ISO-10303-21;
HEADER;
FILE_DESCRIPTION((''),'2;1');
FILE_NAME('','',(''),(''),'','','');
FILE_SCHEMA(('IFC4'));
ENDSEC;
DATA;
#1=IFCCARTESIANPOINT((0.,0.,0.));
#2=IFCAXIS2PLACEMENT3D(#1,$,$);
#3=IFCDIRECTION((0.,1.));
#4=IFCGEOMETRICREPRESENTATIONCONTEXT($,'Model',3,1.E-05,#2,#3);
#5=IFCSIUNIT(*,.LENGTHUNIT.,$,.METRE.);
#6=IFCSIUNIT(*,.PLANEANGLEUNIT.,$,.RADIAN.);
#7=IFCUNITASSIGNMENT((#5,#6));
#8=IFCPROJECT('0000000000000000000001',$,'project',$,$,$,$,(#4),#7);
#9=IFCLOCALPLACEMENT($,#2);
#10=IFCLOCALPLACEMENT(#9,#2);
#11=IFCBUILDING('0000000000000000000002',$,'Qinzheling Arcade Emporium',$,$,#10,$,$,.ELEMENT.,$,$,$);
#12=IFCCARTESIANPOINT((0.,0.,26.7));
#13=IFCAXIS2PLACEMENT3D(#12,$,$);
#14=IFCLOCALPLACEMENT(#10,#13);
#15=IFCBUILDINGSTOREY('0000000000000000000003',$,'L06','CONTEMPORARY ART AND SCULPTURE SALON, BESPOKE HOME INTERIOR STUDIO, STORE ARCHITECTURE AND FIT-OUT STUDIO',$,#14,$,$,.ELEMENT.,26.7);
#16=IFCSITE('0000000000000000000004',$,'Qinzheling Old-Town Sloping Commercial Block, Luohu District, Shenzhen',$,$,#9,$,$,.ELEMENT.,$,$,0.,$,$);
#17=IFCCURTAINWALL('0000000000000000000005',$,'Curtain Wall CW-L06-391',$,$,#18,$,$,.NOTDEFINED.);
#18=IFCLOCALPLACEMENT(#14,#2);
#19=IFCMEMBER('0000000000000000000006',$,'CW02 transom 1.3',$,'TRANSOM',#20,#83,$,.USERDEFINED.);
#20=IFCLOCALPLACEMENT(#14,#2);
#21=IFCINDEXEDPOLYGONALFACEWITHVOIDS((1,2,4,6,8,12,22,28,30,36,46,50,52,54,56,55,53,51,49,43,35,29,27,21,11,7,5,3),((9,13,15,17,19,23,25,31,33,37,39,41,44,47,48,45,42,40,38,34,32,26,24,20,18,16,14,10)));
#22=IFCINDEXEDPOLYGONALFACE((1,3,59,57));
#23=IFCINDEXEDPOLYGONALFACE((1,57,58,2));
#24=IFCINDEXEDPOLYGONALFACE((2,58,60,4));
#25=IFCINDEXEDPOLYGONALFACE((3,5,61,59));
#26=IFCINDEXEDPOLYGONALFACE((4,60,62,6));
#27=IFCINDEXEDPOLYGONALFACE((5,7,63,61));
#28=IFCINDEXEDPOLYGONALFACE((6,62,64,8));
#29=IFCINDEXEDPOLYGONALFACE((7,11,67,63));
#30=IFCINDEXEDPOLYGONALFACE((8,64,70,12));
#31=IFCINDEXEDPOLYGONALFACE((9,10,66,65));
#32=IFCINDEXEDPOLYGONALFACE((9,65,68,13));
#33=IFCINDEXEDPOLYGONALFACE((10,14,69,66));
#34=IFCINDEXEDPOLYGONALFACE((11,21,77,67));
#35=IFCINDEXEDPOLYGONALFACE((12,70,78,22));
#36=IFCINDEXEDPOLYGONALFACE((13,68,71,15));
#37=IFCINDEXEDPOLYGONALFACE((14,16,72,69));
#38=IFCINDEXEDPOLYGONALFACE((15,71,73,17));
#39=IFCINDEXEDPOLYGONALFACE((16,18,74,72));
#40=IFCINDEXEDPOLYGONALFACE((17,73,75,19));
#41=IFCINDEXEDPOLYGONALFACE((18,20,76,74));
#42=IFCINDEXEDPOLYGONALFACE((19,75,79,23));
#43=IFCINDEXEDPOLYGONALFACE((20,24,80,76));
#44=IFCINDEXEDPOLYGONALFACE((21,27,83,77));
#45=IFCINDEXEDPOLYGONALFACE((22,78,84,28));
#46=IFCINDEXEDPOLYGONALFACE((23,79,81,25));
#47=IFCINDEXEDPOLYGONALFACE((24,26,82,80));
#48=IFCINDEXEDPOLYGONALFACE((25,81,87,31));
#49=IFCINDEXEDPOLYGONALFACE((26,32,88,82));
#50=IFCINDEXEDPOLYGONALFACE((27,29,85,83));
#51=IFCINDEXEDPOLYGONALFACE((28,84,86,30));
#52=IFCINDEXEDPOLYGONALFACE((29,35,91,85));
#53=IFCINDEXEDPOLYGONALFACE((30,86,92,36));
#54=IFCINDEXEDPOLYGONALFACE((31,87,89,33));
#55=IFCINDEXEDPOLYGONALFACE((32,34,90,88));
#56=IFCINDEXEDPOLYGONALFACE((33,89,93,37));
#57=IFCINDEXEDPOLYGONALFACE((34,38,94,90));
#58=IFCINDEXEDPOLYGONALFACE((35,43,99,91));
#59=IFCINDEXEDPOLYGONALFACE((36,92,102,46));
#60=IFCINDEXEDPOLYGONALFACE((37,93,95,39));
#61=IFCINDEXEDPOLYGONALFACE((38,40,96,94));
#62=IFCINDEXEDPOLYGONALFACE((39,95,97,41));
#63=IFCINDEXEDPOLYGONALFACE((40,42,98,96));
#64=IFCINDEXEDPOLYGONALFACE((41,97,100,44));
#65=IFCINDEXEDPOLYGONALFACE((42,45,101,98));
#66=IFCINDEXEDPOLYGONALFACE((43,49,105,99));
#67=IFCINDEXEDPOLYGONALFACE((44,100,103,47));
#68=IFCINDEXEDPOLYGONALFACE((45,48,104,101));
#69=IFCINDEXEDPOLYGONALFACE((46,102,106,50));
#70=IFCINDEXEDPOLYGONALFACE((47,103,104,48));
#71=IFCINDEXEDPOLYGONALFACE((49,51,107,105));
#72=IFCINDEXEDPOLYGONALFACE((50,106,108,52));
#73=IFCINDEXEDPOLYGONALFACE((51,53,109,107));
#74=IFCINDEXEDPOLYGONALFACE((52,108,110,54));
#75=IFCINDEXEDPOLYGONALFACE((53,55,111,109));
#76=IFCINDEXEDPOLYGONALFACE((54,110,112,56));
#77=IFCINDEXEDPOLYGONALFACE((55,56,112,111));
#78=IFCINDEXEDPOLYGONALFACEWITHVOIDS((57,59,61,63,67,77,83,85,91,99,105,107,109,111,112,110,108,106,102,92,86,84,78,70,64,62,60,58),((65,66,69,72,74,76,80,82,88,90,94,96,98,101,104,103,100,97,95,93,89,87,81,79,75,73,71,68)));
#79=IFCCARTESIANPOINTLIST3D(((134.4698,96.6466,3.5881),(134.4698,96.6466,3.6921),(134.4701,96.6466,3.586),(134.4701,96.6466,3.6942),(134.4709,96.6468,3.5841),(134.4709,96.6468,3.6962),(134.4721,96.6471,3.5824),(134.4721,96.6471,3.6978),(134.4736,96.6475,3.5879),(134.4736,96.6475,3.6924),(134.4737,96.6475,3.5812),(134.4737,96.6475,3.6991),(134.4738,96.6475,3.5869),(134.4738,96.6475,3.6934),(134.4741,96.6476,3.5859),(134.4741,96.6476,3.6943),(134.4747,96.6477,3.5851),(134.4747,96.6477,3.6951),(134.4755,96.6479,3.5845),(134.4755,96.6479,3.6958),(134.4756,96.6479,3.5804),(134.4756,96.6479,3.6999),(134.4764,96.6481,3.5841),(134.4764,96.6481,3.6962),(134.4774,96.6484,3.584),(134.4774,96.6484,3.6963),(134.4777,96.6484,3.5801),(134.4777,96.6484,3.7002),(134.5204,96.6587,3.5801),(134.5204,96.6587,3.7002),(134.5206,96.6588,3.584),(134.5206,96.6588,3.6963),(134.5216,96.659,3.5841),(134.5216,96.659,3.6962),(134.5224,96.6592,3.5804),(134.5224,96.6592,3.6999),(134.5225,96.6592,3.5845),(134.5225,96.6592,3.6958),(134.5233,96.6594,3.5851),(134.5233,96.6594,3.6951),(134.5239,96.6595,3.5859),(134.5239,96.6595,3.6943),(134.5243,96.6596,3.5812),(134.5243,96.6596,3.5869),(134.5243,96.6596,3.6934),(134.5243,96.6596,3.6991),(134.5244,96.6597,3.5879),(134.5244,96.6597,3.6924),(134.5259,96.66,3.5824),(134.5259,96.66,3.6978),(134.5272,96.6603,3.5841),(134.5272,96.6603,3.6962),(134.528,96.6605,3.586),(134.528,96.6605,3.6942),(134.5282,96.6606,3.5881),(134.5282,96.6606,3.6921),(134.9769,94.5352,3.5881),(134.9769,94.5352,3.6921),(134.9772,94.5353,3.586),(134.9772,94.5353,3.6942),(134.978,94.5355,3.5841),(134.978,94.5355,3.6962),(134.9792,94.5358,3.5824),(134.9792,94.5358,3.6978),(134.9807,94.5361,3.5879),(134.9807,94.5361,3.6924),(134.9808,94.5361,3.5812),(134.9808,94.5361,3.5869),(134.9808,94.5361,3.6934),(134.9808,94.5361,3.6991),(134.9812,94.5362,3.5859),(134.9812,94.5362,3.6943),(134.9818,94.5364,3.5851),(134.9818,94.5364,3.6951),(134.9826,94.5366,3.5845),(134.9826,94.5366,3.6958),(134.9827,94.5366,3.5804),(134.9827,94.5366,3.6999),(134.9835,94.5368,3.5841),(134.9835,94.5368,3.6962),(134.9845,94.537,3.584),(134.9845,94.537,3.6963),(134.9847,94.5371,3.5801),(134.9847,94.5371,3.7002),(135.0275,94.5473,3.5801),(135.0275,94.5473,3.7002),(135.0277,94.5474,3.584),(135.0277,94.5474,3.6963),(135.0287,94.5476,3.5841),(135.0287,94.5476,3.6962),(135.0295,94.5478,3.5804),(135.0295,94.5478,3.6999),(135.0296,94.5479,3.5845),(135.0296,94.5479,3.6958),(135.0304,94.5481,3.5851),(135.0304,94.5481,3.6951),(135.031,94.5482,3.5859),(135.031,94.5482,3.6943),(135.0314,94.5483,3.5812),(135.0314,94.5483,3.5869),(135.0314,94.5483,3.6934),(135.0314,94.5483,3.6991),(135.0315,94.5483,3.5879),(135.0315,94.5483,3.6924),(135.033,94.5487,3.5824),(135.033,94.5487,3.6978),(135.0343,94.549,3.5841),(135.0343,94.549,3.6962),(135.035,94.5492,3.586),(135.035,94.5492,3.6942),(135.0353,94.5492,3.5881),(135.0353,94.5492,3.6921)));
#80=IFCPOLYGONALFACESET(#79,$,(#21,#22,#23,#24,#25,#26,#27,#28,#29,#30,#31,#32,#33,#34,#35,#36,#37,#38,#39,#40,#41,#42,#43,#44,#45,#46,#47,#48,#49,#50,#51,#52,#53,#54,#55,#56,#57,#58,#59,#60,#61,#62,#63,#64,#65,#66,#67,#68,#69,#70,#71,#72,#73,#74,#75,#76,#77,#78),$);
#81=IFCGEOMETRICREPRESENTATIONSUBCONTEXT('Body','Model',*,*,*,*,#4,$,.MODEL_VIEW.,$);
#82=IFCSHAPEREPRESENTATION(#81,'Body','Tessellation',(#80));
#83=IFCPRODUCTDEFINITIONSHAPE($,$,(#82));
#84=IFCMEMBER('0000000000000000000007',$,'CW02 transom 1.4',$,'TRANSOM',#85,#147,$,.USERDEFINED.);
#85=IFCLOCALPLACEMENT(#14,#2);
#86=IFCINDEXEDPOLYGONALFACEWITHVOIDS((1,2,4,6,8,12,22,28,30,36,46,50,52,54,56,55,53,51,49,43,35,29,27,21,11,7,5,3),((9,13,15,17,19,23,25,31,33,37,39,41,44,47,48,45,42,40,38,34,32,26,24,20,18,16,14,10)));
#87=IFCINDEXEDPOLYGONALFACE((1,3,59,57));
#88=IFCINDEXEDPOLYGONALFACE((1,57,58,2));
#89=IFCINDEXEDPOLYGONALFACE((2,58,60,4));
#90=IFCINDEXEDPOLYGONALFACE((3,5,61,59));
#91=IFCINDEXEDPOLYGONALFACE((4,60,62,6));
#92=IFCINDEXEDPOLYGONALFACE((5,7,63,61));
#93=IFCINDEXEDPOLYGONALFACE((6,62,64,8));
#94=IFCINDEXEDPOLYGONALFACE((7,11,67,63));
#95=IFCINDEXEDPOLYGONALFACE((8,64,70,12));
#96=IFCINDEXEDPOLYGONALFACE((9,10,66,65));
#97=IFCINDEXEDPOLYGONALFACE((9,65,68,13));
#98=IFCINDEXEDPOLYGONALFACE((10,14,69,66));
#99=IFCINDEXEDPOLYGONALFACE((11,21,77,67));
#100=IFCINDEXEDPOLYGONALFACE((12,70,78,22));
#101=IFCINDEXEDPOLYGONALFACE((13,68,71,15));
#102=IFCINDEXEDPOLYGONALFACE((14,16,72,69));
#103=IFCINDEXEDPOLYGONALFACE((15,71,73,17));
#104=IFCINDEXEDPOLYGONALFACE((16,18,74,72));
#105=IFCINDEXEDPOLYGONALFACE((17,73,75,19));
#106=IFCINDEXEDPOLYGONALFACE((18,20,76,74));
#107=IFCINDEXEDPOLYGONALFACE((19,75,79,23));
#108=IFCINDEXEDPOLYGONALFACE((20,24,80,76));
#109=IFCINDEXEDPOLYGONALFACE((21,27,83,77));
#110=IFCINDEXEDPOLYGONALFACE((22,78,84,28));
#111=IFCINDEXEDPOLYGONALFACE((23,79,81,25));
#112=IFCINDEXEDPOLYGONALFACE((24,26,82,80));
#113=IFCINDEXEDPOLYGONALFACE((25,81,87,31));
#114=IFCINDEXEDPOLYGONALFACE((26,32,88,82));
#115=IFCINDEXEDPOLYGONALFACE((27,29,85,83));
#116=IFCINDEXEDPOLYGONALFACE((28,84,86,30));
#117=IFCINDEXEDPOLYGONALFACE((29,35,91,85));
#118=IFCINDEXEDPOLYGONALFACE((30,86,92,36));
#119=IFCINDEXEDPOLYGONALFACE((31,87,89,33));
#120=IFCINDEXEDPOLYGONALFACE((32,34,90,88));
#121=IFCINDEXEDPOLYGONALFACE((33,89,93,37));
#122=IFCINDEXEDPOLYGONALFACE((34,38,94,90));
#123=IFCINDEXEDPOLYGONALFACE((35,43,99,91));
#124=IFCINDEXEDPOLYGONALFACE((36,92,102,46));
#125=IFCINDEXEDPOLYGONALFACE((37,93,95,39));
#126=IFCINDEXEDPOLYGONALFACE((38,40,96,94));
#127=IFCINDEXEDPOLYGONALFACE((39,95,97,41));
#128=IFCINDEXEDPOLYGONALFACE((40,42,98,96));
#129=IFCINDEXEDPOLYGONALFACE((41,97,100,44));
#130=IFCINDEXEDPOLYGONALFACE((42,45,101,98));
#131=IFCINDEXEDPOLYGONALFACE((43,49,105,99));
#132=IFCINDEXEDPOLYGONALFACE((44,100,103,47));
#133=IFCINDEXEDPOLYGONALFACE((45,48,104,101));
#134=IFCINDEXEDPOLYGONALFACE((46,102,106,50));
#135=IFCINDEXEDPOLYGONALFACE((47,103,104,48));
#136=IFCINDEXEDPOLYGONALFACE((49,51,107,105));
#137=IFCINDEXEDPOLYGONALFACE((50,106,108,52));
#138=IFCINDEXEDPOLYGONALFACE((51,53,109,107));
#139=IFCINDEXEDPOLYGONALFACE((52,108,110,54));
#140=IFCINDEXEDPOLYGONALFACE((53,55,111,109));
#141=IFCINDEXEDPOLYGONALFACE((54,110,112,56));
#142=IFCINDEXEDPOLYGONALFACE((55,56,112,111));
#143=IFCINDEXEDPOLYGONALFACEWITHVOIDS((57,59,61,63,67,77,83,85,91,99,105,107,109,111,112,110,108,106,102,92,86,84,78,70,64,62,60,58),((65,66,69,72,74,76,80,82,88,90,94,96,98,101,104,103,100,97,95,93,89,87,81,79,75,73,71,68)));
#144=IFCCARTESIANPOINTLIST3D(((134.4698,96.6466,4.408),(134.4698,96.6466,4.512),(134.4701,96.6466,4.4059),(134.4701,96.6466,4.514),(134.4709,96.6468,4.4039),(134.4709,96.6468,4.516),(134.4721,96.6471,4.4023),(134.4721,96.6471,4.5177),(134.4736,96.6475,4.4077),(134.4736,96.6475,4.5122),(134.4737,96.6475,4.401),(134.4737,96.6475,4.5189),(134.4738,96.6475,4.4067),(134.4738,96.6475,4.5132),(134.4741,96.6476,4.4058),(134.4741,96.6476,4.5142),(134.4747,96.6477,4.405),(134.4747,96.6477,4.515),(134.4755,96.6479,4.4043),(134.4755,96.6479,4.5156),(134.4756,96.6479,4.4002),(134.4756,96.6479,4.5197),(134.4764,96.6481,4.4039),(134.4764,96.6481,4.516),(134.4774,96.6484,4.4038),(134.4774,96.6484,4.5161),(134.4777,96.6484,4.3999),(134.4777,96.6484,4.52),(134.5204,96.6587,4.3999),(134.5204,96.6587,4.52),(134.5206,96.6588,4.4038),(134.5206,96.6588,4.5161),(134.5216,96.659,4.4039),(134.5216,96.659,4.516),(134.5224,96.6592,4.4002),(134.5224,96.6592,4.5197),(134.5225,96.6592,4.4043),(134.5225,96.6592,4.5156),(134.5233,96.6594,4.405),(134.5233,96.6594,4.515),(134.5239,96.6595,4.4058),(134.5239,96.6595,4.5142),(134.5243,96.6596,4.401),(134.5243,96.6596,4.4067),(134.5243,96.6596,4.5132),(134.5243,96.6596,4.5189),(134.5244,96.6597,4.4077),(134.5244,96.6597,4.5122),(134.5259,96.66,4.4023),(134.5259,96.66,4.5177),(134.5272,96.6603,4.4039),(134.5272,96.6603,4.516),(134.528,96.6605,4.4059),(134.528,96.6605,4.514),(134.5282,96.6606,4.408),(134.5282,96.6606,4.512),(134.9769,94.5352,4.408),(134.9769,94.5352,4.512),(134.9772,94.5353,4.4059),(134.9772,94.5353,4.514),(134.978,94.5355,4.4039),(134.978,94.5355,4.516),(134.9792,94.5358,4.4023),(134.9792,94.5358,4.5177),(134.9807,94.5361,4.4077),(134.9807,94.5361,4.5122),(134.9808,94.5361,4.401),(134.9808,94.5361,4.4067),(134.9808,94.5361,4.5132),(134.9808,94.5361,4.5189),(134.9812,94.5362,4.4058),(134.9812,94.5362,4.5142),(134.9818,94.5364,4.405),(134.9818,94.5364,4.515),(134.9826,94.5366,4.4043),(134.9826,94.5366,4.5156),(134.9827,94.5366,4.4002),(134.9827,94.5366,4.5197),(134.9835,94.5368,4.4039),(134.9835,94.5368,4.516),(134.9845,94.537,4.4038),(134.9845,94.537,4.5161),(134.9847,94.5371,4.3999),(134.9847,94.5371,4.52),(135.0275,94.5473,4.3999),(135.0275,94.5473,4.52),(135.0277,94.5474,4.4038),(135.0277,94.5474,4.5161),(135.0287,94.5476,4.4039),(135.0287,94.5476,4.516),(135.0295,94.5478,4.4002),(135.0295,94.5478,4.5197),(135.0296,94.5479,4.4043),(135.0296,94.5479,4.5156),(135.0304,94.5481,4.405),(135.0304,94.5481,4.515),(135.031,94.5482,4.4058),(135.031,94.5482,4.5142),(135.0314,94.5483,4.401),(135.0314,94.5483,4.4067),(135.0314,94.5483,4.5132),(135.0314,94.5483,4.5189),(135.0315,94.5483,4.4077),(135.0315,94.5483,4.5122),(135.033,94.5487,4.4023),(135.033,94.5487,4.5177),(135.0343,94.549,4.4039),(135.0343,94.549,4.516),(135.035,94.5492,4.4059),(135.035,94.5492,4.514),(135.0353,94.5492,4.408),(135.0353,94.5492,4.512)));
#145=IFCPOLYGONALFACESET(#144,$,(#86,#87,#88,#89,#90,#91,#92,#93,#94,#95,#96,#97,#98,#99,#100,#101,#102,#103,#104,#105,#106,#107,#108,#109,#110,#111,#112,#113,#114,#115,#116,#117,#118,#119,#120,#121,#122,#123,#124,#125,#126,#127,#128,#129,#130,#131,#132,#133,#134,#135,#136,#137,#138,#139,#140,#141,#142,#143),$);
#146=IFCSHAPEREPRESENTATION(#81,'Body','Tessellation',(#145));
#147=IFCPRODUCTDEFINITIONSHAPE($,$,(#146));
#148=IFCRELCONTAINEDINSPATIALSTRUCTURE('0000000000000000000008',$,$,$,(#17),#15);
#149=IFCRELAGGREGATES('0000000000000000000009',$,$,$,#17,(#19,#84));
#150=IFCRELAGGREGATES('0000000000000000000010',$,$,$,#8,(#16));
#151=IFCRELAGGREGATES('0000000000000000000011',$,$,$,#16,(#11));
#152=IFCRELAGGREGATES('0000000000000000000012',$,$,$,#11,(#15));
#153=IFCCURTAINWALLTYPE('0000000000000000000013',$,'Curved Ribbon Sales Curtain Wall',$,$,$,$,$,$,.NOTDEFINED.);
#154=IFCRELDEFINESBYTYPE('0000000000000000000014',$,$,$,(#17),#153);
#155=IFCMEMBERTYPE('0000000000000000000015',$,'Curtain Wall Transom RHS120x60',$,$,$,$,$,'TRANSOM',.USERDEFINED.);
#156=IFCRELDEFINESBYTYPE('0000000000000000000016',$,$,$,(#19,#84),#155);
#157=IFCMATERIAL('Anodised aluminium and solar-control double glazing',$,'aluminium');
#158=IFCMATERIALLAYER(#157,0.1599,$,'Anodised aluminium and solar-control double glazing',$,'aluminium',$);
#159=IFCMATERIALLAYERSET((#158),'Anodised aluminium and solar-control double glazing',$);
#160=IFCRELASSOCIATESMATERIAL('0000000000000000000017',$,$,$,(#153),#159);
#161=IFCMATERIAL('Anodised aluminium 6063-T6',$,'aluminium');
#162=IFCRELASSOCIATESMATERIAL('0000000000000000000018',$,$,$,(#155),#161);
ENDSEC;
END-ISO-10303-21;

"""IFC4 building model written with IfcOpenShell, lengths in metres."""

from ifc_helpers import new_model, si_unit, direction, frame, origin, origin_2d, place, context, subcontext, project, spatial, hollow_rectangle, extrude, material, layer, layer_set, material_profile, profile_set, type_object, element, aggregate, save


model = new_model("IFC4")

# Units and contexts
model_context = context("Model", 3, precision=1e-05, world=origin(), true_north=direction((0.0, 1.0)))
body_context = subcontext(model_context, "Body", "Model", "MODEL_VIEW")
ifc_project = project(units=[si_unit("LENGTHUNIT", "METRE"), si_unit("PLANEANGLEUNIT", "RADIAN")], contexts=[model_context])

# Site, building, storey
site_placement = place(None, origin())
site = spatial("IfcSite", under=ifc_project, at=site_placement, Name="Qinzheling Old-Town Sloping Commercial Block, Luohu District, Shenzhen", CompositionType="ELEMENT", RefElevation=0.0)
building_placement = place(site_placement, origin())
building = spatial("IfcBuilding", under=site, at=building_placement, Name="Qinzheling Arcade Emporium", CompositionType="ELEMENT")
storey_placement = place(building_placement, frame((0.0, 0.0, 26.7)))
storey = spatial("IfcBuildingStorey", under=building, at=storey_placement, Name="L06", Description="CONTEMPORARY ART AND SCULPTURE SALON, BESPOKE HOME INTERIOR STUDIO, STORE ARCHITECTURE AND FIT-OUT STUDIO", CompositionType="ELEMENT", Elevation=26.7)

# Shared definitions
ifc_material_1 = material(Name="Anodised aluminium and solar-control double glazing", Category="aluminium")
ifc_layer_1 = layer(ifc_material_1, 0.1599, Name="Anodised aluminium and solar-control double glazing", Category="aluminium")
ifc_layer_set_1 = layer_set([ifc_layer_1], Name="Anodised aluminium and solar-control double glazing")
curtain_wall_type_1 = type_object("IfcCurtainWallType", Name="Curved Ribbon Sales Curtain Wall", PredefinedType="NOTDEFINED", material=ifc_layer_set_1)
ifc_material_2 = material(Name="Anodised aluminium 6063-T6", Category="aluminium")

# Curtain wall
curtain_wall_1_placement = place(storey_placement, origin())
curtain_wall_1 = element("IfcCurtainWall", 1, at=curtain_wall_1_placement, inside=storey, type_object=curtain_wall_type_1, Name="Curtain Wall CW-L06-391", PredefinedType="NOTDEFINED")

# Members
ifc_material_profile_1 = material_profile(ifc_material_2, hollow_rectangle(XDim=0.0601, YDim=0.1201, WallThickness=0.0039, InnerFilletRadius=0.0039, OuterFilletRadius=0.0081, at=origin_2d()), Name="RHS 120x60x4", Category="aluminium")
ifc_profile_set_1 = profile_set([ifc_material_profile_1], Name="Anodised aluminium 6063-T6")
member_type_1 = type_object("IfcMemberType", Name="Curtain Wall Transom RHS120x60", ElementType="TRANSOM", PredefinedType="USERDEFINED", material=ifc_profile_set_1)
member_1_placement = place(storey_placement, frame((134.499, 96.6536, 3.6401), z_axis=(0.23353, -0.97235, 0.0), x_axis=(0.97235, 0.23353, 0.0)))
member_1 = element("IfcMember", 2, at=member_1_placement, type_object=member_type_1, Name="CW02 transom 1.3", ObjectType="TRANSOM", PredefinedType="USERDEFINED", context=body_context, shape_type="SweptSolid", body=[
    extrude(hollow_rectangle(XDim=0.0601, YDim=0.1201, WallThickness=0.0039, InnerFilletRadius=0.0039, OuterFilletRadius=0.0081, at=origin_2d()), origin(), (0.0, 0.0, 1.0), 2.1714),
])
member_2_placement = place(storey_placement, frame((134.499, 96.6536, 4.46), z_axis=(0.23353, -0.97235, 0.0), x_axis=(0.97235, 0.23353, 0.0)))
member_2 = element("IfcMember", 3, at=member_2_placement, type_object=member_type_1, Name="CW02 transom 1.4", ObjectType="TRANSOM", PredefinedType="USERDEFINED", context=body_context, shape_type="SweptSolid", body=[
    extrude(hollow_rectangle(XDim=0.0601, YDim=0.1201, WallThickness=0.0039, InnerFilletRadius=0.0039, OuterFilletRadius=0.0081, at=origin_2d()), origin(), (0.0, 0.0, 1.0), 2.1714),
])

aggregate(curtain_wall_1, [member_1, member_2])

save(model, "model.ifc")
